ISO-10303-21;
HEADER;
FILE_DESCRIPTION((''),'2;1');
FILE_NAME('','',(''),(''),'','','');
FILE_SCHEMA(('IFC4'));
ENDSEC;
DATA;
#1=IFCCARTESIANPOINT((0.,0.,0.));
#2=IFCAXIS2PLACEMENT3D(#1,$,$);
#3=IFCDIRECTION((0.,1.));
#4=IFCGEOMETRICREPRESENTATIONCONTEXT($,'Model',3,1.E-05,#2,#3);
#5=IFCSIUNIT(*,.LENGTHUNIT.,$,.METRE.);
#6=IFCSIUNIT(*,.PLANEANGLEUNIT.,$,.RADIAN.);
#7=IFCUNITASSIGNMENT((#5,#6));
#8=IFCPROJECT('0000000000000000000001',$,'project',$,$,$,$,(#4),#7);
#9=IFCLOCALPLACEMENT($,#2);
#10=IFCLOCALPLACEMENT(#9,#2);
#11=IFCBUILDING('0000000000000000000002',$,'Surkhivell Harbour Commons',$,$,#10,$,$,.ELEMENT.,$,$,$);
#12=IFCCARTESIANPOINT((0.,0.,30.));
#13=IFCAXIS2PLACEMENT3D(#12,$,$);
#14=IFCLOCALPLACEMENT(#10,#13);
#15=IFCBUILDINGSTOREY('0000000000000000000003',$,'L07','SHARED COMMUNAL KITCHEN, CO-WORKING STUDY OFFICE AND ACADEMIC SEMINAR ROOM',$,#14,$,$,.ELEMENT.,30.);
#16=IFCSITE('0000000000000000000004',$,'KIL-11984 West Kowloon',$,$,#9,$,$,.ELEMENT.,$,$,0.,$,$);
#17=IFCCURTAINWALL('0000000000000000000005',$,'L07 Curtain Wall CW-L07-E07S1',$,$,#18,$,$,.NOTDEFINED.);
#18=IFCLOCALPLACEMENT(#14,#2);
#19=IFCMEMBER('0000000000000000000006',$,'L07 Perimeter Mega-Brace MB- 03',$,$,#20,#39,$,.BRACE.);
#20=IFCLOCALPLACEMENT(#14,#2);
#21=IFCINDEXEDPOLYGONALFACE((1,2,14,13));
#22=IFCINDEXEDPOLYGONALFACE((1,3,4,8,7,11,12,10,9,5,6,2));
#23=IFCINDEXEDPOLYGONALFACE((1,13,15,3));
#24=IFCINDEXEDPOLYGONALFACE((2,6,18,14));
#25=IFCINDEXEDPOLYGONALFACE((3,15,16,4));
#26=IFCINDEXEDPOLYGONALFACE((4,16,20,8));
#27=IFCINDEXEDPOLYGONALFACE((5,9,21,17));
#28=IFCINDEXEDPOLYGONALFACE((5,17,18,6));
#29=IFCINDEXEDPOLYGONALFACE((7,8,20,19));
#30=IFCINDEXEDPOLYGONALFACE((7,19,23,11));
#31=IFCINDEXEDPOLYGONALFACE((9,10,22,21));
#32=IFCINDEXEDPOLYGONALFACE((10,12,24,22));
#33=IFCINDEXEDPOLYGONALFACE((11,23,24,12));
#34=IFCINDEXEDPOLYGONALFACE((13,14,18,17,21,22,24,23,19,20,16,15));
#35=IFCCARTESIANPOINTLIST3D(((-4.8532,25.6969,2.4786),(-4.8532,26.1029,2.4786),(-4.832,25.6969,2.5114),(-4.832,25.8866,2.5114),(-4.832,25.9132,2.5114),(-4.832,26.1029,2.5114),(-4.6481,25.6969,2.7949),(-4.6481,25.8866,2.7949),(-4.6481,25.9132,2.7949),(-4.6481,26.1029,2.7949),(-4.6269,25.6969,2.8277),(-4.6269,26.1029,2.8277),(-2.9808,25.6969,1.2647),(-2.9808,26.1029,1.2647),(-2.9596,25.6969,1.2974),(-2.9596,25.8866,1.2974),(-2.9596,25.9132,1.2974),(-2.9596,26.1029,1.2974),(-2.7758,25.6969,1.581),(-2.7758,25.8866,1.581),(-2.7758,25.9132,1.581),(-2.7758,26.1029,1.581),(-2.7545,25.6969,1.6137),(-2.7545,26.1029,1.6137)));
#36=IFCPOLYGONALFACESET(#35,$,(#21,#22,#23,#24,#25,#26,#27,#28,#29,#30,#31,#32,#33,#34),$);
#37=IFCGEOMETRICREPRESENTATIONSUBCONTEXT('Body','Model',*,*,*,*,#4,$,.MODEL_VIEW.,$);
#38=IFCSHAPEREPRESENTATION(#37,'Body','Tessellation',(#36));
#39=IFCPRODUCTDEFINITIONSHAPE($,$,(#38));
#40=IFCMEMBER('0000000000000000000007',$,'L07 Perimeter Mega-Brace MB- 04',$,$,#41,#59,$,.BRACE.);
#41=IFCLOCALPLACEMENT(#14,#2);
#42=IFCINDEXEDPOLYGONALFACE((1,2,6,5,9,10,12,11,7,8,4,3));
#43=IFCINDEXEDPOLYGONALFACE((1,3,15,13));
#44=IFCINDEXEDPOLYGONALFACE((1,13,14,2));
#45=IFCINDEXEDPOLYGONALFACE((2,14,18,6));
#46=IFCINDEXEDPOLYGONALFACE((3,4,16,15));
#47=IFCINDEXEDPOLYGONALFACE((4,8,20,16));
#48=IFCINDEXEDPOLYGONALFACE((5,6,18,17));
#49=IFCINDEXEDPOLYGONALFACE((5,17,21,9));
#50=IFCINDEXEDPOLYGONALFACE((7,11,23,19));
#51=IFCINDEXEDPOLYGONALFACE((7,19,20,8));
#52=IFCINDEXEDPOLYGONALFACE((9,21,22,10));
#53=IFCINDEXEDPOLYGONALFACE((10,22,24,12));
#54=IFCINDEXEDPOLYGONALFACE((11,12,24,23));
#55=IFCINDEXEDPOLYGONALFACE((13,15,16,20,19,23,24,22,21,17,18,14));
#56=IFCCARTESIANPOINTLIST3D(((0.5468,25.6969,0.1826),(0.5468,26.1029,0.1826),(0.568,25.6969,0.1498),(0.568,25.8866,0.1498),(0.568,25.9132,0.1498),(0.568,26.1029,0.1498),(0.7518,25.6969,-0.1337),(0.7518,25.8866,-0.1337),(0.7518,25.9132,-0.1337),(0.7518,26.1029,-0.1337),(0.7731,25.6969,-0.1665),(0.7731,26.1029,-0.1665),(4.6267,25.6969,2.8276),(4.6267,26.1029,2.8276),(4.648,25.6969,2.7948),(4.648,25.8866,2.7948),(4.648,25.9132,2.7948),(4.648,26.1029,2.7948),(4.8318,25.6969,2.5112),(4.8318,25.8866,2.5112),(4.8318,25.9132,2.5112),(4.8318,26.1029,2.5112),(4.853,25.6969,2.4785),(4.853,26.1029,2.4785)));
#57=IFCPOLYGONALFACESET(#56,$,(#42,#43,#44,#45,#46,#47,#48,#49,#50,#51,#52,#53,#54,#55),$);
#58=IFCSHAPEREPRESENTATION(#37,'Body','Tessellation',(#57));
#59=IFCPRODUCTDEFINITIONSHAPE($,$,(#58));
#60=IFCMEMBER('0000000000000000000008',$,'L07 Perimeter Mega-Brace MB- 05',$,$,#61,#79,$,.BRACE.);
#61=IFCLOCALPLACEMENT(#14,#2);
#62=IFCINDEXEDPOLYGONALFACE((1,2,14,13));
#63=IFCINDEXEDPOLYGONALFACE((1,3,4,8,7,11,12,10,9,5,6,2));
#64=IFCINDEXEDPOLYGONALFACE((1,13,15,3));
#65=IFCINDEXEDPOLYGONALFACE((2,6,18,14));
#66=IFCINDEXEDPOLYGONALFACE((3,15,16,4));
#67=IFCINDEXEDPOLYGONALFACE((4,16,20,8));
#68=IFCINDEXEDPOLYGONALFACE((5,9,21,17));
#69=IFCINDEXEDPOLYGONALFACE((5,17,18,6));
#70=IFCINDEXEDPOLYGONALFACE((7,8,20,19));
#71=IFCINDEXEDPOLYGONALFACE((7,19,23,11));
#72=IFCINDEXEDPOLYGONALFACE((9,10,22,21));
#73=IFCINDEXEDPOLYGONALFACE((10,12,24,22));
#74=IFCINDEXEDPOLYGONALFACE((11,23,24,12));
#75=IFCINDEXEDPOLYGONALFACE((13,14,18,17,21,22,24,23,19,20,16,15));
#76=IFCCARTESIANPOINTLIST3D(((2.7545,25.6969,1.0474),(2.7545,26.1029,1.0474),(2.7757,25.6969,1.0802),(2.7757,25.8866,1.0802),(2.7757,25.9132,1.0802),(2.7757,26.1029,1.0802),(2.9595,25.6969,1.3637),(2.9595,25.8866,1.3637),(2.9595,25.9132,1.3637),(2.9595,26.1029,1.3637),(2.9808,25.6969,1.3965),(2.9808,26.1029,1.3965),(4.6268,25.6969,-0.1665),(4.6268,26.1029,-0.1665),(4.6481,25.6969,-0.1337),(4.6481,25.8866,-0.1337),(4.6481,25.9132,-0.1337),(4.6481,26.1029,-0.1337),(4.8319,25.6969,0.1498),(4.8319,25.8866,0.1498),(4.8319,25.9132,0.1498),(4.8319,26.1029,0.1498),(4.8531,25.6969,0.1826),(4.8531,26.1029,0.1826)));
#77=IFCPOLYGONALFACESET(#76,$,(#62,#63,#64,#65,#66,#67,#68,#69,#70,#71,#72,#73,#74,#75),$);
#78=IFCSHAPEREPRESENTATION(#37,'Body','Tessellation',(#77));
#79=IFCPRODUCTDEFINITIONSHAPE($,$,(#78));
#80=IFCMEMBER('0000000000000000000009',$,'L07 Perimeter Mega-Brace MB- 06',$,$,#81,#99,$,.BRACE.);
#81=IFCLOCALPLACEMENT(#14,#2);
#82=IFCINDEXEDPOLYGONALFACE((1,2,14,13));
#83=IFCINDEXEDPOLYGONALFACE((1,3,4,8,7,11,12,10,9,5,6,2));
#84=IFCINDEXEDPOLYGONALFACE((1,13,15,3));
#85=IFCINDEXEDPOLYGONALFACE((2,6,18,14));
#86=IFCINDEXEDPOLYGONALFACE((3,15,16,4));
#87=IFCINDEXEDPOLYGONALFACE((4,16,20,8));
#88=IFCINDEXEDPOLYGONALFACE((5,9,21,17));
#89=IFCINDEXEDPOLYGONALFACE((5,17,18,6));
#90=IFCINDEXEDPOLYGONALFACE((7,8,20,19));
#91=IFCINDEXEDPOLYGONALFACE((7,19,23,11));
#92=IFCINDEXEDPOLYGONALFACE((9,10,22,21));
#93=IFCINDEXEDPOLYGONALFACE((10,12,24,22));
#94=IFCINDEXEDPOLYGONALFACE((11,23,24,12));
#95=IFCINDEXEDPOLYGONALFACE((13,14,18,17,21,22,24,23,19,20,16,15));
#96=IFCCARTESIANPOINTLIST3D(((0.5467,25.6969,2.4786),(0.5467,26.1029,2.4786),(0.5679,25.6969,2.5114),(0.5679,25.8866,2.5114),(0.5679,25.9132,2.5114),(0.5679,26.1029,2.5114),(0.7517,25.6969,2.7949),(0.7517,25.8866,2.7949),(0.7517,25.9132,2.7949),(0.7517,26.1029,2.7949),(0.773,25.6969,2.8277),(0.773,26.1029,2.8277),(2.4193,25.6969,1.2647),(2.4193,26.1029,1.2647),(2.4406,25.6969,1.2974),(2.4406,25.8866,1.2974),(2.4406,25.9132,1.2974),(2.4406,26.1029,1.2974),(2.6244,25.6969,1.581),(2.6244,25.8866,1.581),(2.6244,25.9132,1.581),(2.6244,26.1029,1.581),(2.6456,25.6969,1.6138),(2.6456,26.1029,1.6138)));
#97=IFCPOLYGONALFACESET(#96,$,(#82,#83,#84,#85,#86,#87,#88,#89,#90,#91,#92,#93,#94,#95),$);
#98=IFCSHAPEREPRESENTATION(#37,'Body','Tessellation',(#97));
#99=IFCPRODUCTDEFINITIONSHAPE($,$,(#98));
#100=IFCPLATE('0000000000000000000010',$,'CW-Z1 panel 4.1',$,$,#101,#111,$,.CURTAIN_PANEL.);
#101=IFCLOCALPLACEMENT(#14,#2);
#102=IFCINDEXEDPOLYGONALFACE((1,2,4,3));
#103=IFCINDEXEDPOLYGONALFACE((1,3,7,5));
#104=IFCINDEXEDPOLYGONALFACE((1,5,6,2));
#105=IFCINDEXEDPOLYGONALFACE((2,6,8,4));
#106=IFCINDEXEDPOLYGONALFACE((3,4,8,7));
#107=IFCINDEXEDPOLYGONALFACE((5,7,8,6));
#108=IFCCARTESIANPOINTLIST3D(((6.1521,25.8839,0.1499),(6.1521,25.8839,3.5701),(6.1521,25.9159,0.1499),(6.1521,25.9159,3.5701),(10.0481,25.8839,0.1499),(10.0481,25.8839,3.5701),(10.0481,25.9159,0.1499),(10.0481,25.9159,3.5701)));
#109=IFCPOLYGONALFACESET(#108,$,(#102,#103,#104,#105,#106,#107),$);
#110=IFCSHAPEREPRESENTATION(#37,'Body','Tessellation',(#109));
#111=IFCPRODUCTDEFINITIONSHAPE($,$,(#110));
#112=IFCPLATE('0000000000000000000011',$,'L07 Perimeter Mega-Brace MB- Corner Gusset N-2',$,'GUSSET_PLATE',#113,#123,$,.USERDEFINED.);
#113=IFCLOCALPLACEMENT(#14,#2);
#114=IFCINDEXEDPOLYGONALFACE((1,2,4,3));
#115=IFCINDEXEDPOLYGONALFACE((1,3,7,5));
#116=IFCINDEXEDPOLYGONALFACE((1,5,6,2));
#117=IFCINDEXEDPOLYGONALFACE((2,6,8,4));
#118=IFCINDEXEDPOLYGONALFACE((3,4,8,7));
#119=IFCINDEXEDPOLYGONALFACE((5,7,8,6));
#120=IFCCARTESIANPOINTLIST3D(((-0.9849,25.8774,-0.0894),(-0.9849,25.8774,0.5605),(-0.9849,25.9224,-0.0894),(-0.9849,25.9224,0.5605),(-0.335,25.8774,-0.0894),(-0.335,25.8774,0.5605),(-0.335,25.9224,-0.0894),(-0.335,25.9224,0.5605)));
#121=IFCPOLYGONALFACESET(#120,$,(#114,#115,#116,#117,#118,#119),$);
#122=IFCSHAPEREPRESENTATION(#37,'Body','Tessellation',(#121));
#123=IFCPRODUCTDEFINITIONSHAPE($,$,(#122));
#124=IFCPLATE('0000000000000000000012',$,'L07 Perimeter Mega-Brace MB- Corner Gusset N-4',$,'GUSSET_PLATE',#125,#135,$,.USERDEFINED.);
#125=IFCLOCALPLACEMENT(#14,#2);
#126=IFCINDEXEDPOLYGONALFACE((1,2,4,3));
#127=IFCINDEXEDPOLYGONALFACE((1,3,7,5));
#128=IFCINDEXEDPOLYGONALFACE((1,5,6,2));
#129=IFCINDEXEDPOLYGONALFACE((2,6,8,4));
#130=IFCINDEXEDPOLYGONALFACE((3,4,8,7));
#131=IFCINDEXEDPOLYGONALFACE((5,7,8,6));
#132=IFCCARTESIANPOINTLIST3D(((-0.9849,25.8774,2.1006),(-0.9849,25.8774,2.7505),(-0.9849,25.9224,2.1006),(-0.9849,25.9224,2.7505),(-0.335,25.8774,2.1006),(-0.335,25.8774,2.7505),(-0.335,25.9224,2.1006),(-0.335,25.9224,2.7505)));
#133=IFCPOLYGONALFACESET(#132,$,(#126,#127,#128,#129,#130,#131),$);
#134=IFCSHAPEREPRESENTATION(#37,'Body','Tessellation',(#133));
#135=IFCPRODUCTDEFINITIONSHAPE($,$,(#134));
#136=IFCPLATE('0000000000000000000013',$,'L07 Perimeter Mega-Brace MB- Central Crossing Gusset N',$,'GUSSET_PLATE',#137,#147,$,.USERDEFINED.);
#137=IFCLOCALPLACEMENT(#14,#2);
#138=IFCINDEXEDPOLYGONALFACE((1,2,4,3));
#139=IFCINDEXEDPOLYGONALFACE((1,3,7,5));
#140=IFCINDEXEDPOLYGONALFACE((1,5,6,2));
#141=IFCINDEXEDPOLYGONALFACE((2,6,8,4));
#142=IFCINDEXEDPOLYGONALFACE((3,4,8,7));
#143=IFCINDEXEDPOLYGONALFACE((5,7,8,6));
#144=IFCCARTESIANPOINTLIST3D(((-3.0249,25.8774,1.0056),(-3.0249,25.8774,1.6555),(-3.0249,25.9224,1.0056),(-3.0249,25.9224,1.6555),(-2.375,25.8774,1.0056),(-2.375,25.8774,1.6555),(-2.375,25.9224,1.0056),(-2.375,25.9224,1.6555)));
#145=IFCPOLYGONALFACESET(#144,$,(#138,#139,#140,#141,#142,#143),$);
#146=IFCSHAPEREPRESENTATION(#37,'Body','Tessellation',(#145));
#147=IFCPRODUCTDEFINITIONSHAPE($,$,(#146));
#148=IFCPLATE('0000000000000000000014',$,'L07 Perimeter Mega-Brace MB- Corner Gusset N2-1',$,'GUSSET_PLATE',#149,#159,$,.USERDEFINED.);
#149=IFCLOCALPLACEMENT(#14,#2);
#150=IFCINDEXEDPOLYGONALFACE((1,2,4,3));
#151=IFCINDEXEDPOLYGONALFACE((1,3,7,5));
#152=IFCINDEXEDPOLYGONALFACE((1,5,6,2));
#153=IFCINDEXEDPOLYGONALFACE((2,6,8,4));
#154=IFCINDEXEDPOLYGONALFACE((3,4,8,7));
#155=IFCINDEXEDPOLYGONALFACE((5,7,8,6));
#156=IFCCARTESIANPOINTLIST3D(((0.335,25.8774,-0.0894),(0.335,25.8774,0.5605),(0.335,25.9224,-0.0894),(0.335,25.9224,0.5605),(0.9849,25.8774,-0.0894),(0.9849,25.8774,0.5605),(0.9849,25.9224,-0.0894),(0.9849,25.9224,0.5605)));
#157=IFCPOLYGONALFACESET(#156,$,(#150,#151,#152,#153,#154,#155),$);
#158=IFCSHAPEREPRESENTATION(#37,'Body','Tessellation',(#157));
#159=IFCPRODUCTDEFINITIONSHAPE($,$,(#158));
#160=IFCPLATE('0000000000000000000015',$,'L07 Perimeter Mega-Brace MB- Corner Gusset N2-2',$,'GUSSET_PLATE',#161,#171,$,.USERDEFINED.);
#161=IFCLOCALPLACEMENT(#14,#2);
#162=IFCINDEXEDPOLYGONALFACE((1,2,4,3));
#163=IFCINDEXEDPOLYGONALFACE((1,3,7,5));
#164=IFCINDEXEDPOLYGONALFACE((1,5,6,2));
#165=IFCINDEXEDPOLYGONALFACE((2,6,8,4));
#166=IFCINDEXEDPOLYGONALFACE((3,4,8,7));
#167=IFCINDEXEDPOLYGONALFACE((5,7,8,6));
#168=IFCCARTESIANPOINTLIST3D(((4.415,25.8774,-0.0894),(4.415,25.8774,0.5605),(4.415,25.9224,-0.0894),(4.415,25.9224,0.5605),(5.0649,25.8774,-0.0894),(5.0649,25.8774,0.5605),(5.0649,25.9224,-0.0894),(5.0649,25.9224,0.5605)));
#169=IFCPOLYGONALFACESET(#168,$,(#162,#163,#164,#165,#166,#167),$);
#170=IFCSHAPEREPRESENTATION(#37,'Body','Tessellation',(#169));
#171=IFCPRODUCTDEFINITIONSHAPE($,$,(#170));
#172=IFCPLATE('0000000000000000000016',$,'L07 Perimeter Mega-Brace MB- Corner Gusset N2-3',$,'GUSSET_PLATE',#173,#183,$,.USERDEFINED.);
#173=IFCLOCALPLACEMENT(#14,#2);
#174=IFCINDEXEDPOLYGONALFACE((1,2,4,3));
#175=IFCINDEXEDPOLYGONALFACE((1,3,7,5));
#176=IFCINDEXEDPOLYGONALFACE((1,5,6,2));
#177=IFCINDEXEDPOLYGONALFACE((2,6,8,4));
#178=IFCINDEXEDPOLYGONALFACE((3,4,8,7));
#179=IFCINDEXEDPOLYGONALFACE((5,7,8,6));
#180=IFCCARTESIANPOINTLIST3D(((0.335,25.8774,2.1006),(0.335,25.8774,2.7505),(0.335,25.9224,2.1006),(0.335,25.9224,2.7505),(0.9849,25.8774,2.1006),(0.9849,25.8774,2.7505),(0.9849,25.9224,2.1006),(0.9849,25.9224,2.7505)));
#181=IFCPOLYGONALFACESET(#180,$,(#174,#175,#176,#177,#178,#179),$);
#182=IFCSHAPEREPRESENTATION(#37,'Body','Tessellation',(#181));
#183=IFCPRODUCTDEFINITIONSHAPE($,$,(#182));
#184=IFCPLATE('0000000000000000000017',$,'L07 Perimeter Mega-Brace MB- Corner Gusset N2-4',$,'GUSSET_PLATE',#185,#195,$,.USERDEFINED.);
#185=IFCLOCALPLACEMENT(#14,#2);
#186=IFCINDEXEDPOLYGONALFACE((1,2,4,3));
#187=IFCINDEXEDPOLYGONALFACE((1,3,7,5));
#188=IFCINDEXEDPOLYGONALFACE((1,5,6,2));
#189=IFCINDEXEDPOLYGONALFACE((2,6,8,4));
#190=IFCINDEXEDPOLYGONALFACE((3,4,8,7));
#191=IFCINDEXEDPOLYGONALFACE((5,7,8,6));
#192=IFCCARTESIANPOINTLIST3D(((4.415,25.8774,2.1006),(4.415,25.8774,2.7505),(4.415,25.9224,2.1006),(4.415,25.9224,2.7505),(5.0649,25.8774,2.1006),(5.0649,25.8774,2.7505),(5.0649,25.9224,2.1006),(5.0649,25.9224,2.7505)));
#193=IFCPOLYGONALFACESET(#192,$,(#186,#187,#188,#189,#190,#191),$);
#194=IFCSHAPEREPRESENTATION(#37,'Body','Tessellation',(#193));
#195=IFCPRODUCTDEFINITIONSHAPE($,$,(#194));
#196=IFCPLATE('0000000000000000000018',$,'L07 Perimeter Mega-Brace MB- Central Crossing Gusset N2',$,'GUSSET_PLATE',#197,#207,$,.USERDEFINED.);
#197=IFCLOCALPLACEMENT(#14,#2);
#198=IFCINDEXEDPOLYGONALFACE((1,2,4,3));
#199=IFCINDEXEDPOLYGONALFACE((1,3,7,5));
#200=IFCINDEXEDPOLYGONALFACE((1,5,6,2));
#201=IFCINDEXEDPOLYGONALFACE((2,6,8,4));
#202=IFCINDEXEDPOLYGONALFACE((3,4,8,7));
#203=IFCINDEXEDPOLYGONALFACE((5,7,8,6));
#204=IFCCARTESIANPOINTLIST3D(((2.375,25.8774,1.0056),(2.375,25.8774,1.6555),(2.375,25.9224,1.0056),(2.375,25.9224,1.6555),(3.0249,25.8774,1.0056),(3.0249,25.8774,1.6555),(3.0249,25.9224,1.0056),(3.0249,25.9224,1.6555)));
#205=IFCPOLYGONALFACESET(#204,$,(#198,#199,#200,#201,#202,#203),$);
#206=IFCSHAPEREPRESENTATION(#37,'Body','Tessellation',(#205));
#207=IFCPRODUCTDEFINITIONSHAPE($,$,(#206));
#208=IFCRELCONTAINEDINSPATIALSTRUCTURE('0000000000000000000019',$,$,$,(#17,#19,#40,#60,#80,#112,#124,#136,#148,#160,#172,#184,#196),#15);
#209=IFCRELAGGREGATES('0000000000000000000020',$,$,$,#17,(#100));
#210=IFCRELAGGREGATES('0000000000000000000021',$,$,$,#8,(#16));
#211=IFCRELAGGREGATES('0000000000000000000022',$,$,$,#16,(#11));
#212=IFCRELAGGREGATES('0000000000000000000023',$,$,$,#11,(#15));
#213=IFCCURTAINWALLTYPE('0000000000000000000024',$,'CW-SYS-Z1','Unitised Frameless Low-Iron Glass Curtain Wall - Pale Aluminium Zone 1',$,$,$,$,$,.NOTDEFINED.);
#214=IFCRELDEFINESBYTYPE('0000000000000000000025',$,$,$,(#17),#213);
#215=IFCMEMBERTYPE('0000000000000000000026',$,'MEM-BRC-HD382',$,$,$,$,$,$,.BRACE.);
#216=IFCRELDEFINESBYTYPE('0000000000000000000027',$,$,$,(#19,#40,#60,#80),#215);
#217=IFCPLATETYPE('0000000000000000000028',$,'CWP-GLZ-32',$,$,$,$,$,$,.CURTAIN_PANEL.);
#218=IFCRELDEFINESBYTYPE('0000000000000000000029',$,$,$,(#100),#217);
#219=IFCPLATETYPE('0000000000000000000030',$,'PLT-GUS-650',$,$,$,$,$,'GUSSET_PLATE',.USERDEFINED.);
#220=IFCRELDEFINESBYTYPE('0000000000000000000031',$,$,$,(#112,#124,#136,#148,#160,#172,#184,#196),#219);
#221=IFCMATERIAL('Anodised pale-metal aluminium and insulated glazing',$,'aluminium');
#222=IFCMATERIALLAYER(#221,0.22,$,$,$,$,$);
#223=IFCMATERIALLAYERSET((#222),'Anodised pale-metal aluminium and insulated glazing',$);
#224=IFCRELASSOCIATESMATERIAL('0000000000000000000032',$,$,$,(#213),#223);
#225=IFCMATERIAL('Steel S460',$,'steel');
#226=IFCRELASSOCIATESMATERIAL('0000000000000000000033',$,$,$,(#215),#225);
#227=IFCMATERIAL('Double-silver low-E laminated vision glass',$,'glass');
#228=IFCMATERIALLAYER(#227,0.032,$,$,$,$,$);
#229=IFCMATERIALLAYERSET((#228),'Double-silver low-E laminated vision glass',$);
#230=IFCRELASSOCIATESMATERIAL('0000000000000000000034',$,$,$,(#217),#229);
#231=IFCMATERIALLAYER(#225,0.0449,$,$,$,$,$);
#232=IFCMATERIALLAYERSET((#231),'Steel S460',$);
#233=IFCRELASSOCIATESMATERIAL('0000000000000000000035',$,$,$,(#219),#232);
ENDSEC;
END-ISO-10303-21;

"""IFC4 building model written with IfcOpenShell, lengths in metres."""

from ifc_helpers import new_model, si_unit, direction, frame, frame_2d, origin, origin_2d, place, context, subcontext, project, spatial, rectangle, i_section, extrude, material, layer, layer_set, material_profile, profile_set, type_object, element, aggregate, save


model = new_model("IFC4")

# Units and contexts
model_context = context("Model", 3, precision=1e-05, world=origin(), true_north=direction((0.0, 1.0)))
body_context = subcontext(model_context, "Body", "Model", "MODEL_VIEW")
ifc_project = project(units=[si_unit("LENGTHUNIT", "METRE"), si_unit("PLANEANGLEUNIT", "RADIAN")], contexts=[model_context])

# Site, building, storey
site_placement = place(None, origin())
site = spatial("IfcSite", under=ifc_project, at=site_placement, Name="KIL-11984 West Kowloon", CompositionType="ELEMENT", RefElevation=0.0)
building_placement = place(site_placement, origin())
building = spatial("IfcBuilding", under=site, at=building_placement, Name="Surkhivell Harbour Commons", CompositionType="ELEMENT")
storey_placement = place(building_placement, frame((0.0, 0.0, 30.0)))
storey = spatial("IfcBuildingStorey", under=building, at=storey_placement, Name="L07", Description="SHARED COMMUNAL KITCHEN, CO-WORKING STUDY OFFICE AND ACADEMIC SEMINAR ROOM", CompositionType="ELEMENT", Elevation=30.0)

# Shared definitions
ifc_material_1 = material(Name="Steel S460", Category="steel")

# Curtain wall
ifc_material_2 = material(Name="Anodised pale-metal aluminium and insulated glazing", Category="aluminium")
ifc_layer_1 = layer(ifc_material_2, 0.22)
ifc_layer_set_1 = layer_set([ifc_layer_1], Name="Anodised pale-metal aluminium and insulated glazing")
curtain_wall_type = type_object("IfcCurtainWallType", Name="CW-SYS-Z1", Description="Unitised Frameless Low-Iron Glass Curtain Wall - Pale Aluminium Zone 1", PredefinedType="NOTDEFINED", material=ifc_layer_set_1)
curtain_wall_placement = place(storey_placement, origin())
curtain_wall = element("IfcCurtainWall", 1, at=curtain_wall_placement, inside=storey, type_object=curtain_wall_type, Name="L07 Curtain Wall CW-L07-E07S1", PredefinedType="NOTDEFINED")

# Members
ifc_material_profile_1 = material_profile(ifc_material_1, i_section(OverallWidth=0.406, OverallDepth=0.416, WebThickness=0.0266, FlangeThickness=0.0391, at=origin_2d()), Name="HD400x382")
ifc_profile_set_1 = profile_set([ifc_material_profile_1], Name="Steel S460")
member_type_1 = type_object("IfcMemberType", Name="MEM-BRC-HD382", PredefinedType="BRACE", material=ifc_profile_set_1)
member_1_placement = place(storey_placement, frame((-2.8677, 25.8999, 1.4392), z_axis=(-0.839085, 0.0, 0.544), x_axis=(0.0, -1.0, 0.0)))
element("IfcMember", 2, at=member_1_placement, inside=storey, type_object=member_type_1, Name="L07 Perimeter Mega-Brace MB- 03", PredefinedType="BRACE", context=body_context, shape_type="SweptSolid", body=[
    extrude(i_section(OverallWidth=0.406, OverallDepth=0.416, WebThickness=0.0266, FlangeThickness=0.0391, at=origin_2d()), origin(), (0.0, 0.0, 1.0), 2.2314),
])
member_2_placement = place(storey_placement, frame((0.6599, 25.8999, 0.0081), z_axis=(0.839104, 0.0, 0.543971), x_axis=(0.0, 1.0, 0.0)))
element("IfcMember", 3, at=member_2_placement, inside=storey, type_object=member_type_1, Name="L07 Perimeter Mega-Brace MB- 04", PredefinedType="BRACE", context=body_context, shape_type="SweptSolid", body=[
    extrude(i_section(OverallWidth=0.406, OverallDepth=0.416, WebThickness=0.0266, FlangeThickness=0.0391, at=origin_2d()), origin(), (0.0, 0.0, 1.0), 4.8623),
])
member_3_placement = place(storey_placement, frame((4.74, 25.8999, 0.0081), z_axis=(-0.839085, 0.0, 0.544), x_axis=(0.0, -1.0, 0.0)))
element("IfcMember", 4, at=member_3_placement, inside=storey, type_object=member_type_1, Name="L07 Perimeter Mega-Brace MB- 05", PredefinedType="BRACE", context=body_context, shape_type="SweptSolid", body=[
    extrude(i_section(OverallWidth=0.406, OverallDepth=0.416, WebThickness=0.0266, FlangeThickness=0.0391, at=origin_2d()), origin(), (0.0, 0.0, 1.0), 2.2314),
])
member_4_placement = place(storey_placement, frame((2.5325, 25.8999, 1.4392), z_axis=(-0.839118, 0.0, 0.54395), x_axis=(0.0, -1.0, 0.0)))
element("IfcMember", 5, at=member_4_placement, inside=storey, type_object=member_type_1, Name="L07 Perimeter Mega-Brace MB- 06", PredefinedType="BRACE", context=body_context, shape_type="SweptSolid", body=[
    extrude(i_section(OverallWidth=0.406, OverallDepth=0.416, WebThickness=0.0266, FlangeThickness=0.0391, at=origin_2d()), origin(), (0.0, 0.0, 1.0), 2.2317),
])

# Plate
ifc_material_3 = material(Name="Double-silver low-E laminated vision glass", Category="glass")
ifc_layer_2 = layer(ifc_material_3, 0.032)
ifc_layer_set_2 = layer_set([ifc_layer_2], Name="Double-silver low-E laminated vision glass")
plate_type_1 = type_object("IfcPlateType", Name="CWP-GLZ-32", PredefinedType="CURTAIN_PANEL", material=ifc_layer_set_2)
plate_placement = place(storey_placement, frame((10.0481, 25.8999, 0.1499), z_axis=(0.0, 0.0, 1.0), x_axis=(-1.0, 0.0, 0.0)))
plate = element("IfcPlate", 6, at=plate_placement, type_object=plate_type_1, Name="CW-Z1 panel 4.1", PredefinedType="CURTAIN_PANEL", context=body_context, shape_type="SweptSolid", body=[
    extrude(rectangle(XDim=3.896, YDim=0.032, at=frame_2d((1.948, 0.0))), origin(), (0.0, 0.0, 1.0), 3.4202),
])
aggregate(curtain_wall, [plate])

# Plates
ifc_layer_3 = layer(ifc_material_1, 0.0449)
ifc_layer_set_3 = layer_set([ifc_layer_3], Name="Steel S460")
plate_type_2 = type_object("IfcPlateType", Name="PLT-GUS-650", ElementType="GUSSET_PLATE", PredefinedType="USERDEFINED", material=ifc_layer_set_3)
for number, where, z_axis, x_axis, name in (
    (7, (-0.6599, 25.8999, -0.0894), (0.0, 0.0, 1.0), (1.0, 0.0, 0.0), "L07 Perimeter Mega-Brace MB- Corner Gusset N-2"),
    (8, (-0.6599, 25.8999, 2.1006), (0.0, 0.0, 1.0), (1.0, 0.0, 0.0), "L07 Perimeter Mega-Brace MB- Corner Gusset N-4"),
    (9, (-2.7, 25.8999, 1.0056), (0.0, 0.0, 1.0), (1.0, 0.0, 0.0), "L07 Perimeter Mega-Brace MB- Central Crossing Gusset N"),
    (10, (0.6599, 25.8999, -0.0894), (0.0, 0.0, 1.0), (1.0, 0.0, 0.0), "L07 Perimeter Mega-Brace MB- Corner Gusset N2-1"),
    (11, (4.74, 25.8999, -0.0894), (0.0, 0.0, 1.0), (1.0, 0.0, 0.0), "L07 Perimeter Mega-Brace MB- Corner Gusset N2-2"),
    (12, (0.6599, 25.8999, 2.1006), (0.0, 0.0, 1.0), (1.0, 0.0, 0.0), "L07 Perimeter Mega-Brace MB- Corner Gusset N2-3"),
    (13, (4.74, 25.8999, 2.1006), (0.0, 0.0, 1.0), (1.0, 0.0, 0.0), "L07 Perimeter Mega-Brace MB- Corner Gusset N2-4"),
    (14, (2.7, 25.8999, 1.0056), (0.0, 0.0, 1.0), (1.0, 0.0, 0.0), "L07 Perimeter Mega-Brace MB- Central Crossing Gusset N2"),
):
    element("IfcPlate", number, at=place(storey_placement, frame(where, z_axis=z_axis, x_axis=x_axis)), inside=storey, type_object=plate_type_2, Name=name, ObjectType="GUSSET_PLATE", PredefinedType="USERDEFINED", context=body_context, shape_type="SweptSolid", body=[
        extrude(rectangle(XDim=0.6499, YDim=0.0449, at=origin_2d()), origin(), (0.0, 0.0, 1.0), 0.6499),
    ])

save(model, "model.ifc")
